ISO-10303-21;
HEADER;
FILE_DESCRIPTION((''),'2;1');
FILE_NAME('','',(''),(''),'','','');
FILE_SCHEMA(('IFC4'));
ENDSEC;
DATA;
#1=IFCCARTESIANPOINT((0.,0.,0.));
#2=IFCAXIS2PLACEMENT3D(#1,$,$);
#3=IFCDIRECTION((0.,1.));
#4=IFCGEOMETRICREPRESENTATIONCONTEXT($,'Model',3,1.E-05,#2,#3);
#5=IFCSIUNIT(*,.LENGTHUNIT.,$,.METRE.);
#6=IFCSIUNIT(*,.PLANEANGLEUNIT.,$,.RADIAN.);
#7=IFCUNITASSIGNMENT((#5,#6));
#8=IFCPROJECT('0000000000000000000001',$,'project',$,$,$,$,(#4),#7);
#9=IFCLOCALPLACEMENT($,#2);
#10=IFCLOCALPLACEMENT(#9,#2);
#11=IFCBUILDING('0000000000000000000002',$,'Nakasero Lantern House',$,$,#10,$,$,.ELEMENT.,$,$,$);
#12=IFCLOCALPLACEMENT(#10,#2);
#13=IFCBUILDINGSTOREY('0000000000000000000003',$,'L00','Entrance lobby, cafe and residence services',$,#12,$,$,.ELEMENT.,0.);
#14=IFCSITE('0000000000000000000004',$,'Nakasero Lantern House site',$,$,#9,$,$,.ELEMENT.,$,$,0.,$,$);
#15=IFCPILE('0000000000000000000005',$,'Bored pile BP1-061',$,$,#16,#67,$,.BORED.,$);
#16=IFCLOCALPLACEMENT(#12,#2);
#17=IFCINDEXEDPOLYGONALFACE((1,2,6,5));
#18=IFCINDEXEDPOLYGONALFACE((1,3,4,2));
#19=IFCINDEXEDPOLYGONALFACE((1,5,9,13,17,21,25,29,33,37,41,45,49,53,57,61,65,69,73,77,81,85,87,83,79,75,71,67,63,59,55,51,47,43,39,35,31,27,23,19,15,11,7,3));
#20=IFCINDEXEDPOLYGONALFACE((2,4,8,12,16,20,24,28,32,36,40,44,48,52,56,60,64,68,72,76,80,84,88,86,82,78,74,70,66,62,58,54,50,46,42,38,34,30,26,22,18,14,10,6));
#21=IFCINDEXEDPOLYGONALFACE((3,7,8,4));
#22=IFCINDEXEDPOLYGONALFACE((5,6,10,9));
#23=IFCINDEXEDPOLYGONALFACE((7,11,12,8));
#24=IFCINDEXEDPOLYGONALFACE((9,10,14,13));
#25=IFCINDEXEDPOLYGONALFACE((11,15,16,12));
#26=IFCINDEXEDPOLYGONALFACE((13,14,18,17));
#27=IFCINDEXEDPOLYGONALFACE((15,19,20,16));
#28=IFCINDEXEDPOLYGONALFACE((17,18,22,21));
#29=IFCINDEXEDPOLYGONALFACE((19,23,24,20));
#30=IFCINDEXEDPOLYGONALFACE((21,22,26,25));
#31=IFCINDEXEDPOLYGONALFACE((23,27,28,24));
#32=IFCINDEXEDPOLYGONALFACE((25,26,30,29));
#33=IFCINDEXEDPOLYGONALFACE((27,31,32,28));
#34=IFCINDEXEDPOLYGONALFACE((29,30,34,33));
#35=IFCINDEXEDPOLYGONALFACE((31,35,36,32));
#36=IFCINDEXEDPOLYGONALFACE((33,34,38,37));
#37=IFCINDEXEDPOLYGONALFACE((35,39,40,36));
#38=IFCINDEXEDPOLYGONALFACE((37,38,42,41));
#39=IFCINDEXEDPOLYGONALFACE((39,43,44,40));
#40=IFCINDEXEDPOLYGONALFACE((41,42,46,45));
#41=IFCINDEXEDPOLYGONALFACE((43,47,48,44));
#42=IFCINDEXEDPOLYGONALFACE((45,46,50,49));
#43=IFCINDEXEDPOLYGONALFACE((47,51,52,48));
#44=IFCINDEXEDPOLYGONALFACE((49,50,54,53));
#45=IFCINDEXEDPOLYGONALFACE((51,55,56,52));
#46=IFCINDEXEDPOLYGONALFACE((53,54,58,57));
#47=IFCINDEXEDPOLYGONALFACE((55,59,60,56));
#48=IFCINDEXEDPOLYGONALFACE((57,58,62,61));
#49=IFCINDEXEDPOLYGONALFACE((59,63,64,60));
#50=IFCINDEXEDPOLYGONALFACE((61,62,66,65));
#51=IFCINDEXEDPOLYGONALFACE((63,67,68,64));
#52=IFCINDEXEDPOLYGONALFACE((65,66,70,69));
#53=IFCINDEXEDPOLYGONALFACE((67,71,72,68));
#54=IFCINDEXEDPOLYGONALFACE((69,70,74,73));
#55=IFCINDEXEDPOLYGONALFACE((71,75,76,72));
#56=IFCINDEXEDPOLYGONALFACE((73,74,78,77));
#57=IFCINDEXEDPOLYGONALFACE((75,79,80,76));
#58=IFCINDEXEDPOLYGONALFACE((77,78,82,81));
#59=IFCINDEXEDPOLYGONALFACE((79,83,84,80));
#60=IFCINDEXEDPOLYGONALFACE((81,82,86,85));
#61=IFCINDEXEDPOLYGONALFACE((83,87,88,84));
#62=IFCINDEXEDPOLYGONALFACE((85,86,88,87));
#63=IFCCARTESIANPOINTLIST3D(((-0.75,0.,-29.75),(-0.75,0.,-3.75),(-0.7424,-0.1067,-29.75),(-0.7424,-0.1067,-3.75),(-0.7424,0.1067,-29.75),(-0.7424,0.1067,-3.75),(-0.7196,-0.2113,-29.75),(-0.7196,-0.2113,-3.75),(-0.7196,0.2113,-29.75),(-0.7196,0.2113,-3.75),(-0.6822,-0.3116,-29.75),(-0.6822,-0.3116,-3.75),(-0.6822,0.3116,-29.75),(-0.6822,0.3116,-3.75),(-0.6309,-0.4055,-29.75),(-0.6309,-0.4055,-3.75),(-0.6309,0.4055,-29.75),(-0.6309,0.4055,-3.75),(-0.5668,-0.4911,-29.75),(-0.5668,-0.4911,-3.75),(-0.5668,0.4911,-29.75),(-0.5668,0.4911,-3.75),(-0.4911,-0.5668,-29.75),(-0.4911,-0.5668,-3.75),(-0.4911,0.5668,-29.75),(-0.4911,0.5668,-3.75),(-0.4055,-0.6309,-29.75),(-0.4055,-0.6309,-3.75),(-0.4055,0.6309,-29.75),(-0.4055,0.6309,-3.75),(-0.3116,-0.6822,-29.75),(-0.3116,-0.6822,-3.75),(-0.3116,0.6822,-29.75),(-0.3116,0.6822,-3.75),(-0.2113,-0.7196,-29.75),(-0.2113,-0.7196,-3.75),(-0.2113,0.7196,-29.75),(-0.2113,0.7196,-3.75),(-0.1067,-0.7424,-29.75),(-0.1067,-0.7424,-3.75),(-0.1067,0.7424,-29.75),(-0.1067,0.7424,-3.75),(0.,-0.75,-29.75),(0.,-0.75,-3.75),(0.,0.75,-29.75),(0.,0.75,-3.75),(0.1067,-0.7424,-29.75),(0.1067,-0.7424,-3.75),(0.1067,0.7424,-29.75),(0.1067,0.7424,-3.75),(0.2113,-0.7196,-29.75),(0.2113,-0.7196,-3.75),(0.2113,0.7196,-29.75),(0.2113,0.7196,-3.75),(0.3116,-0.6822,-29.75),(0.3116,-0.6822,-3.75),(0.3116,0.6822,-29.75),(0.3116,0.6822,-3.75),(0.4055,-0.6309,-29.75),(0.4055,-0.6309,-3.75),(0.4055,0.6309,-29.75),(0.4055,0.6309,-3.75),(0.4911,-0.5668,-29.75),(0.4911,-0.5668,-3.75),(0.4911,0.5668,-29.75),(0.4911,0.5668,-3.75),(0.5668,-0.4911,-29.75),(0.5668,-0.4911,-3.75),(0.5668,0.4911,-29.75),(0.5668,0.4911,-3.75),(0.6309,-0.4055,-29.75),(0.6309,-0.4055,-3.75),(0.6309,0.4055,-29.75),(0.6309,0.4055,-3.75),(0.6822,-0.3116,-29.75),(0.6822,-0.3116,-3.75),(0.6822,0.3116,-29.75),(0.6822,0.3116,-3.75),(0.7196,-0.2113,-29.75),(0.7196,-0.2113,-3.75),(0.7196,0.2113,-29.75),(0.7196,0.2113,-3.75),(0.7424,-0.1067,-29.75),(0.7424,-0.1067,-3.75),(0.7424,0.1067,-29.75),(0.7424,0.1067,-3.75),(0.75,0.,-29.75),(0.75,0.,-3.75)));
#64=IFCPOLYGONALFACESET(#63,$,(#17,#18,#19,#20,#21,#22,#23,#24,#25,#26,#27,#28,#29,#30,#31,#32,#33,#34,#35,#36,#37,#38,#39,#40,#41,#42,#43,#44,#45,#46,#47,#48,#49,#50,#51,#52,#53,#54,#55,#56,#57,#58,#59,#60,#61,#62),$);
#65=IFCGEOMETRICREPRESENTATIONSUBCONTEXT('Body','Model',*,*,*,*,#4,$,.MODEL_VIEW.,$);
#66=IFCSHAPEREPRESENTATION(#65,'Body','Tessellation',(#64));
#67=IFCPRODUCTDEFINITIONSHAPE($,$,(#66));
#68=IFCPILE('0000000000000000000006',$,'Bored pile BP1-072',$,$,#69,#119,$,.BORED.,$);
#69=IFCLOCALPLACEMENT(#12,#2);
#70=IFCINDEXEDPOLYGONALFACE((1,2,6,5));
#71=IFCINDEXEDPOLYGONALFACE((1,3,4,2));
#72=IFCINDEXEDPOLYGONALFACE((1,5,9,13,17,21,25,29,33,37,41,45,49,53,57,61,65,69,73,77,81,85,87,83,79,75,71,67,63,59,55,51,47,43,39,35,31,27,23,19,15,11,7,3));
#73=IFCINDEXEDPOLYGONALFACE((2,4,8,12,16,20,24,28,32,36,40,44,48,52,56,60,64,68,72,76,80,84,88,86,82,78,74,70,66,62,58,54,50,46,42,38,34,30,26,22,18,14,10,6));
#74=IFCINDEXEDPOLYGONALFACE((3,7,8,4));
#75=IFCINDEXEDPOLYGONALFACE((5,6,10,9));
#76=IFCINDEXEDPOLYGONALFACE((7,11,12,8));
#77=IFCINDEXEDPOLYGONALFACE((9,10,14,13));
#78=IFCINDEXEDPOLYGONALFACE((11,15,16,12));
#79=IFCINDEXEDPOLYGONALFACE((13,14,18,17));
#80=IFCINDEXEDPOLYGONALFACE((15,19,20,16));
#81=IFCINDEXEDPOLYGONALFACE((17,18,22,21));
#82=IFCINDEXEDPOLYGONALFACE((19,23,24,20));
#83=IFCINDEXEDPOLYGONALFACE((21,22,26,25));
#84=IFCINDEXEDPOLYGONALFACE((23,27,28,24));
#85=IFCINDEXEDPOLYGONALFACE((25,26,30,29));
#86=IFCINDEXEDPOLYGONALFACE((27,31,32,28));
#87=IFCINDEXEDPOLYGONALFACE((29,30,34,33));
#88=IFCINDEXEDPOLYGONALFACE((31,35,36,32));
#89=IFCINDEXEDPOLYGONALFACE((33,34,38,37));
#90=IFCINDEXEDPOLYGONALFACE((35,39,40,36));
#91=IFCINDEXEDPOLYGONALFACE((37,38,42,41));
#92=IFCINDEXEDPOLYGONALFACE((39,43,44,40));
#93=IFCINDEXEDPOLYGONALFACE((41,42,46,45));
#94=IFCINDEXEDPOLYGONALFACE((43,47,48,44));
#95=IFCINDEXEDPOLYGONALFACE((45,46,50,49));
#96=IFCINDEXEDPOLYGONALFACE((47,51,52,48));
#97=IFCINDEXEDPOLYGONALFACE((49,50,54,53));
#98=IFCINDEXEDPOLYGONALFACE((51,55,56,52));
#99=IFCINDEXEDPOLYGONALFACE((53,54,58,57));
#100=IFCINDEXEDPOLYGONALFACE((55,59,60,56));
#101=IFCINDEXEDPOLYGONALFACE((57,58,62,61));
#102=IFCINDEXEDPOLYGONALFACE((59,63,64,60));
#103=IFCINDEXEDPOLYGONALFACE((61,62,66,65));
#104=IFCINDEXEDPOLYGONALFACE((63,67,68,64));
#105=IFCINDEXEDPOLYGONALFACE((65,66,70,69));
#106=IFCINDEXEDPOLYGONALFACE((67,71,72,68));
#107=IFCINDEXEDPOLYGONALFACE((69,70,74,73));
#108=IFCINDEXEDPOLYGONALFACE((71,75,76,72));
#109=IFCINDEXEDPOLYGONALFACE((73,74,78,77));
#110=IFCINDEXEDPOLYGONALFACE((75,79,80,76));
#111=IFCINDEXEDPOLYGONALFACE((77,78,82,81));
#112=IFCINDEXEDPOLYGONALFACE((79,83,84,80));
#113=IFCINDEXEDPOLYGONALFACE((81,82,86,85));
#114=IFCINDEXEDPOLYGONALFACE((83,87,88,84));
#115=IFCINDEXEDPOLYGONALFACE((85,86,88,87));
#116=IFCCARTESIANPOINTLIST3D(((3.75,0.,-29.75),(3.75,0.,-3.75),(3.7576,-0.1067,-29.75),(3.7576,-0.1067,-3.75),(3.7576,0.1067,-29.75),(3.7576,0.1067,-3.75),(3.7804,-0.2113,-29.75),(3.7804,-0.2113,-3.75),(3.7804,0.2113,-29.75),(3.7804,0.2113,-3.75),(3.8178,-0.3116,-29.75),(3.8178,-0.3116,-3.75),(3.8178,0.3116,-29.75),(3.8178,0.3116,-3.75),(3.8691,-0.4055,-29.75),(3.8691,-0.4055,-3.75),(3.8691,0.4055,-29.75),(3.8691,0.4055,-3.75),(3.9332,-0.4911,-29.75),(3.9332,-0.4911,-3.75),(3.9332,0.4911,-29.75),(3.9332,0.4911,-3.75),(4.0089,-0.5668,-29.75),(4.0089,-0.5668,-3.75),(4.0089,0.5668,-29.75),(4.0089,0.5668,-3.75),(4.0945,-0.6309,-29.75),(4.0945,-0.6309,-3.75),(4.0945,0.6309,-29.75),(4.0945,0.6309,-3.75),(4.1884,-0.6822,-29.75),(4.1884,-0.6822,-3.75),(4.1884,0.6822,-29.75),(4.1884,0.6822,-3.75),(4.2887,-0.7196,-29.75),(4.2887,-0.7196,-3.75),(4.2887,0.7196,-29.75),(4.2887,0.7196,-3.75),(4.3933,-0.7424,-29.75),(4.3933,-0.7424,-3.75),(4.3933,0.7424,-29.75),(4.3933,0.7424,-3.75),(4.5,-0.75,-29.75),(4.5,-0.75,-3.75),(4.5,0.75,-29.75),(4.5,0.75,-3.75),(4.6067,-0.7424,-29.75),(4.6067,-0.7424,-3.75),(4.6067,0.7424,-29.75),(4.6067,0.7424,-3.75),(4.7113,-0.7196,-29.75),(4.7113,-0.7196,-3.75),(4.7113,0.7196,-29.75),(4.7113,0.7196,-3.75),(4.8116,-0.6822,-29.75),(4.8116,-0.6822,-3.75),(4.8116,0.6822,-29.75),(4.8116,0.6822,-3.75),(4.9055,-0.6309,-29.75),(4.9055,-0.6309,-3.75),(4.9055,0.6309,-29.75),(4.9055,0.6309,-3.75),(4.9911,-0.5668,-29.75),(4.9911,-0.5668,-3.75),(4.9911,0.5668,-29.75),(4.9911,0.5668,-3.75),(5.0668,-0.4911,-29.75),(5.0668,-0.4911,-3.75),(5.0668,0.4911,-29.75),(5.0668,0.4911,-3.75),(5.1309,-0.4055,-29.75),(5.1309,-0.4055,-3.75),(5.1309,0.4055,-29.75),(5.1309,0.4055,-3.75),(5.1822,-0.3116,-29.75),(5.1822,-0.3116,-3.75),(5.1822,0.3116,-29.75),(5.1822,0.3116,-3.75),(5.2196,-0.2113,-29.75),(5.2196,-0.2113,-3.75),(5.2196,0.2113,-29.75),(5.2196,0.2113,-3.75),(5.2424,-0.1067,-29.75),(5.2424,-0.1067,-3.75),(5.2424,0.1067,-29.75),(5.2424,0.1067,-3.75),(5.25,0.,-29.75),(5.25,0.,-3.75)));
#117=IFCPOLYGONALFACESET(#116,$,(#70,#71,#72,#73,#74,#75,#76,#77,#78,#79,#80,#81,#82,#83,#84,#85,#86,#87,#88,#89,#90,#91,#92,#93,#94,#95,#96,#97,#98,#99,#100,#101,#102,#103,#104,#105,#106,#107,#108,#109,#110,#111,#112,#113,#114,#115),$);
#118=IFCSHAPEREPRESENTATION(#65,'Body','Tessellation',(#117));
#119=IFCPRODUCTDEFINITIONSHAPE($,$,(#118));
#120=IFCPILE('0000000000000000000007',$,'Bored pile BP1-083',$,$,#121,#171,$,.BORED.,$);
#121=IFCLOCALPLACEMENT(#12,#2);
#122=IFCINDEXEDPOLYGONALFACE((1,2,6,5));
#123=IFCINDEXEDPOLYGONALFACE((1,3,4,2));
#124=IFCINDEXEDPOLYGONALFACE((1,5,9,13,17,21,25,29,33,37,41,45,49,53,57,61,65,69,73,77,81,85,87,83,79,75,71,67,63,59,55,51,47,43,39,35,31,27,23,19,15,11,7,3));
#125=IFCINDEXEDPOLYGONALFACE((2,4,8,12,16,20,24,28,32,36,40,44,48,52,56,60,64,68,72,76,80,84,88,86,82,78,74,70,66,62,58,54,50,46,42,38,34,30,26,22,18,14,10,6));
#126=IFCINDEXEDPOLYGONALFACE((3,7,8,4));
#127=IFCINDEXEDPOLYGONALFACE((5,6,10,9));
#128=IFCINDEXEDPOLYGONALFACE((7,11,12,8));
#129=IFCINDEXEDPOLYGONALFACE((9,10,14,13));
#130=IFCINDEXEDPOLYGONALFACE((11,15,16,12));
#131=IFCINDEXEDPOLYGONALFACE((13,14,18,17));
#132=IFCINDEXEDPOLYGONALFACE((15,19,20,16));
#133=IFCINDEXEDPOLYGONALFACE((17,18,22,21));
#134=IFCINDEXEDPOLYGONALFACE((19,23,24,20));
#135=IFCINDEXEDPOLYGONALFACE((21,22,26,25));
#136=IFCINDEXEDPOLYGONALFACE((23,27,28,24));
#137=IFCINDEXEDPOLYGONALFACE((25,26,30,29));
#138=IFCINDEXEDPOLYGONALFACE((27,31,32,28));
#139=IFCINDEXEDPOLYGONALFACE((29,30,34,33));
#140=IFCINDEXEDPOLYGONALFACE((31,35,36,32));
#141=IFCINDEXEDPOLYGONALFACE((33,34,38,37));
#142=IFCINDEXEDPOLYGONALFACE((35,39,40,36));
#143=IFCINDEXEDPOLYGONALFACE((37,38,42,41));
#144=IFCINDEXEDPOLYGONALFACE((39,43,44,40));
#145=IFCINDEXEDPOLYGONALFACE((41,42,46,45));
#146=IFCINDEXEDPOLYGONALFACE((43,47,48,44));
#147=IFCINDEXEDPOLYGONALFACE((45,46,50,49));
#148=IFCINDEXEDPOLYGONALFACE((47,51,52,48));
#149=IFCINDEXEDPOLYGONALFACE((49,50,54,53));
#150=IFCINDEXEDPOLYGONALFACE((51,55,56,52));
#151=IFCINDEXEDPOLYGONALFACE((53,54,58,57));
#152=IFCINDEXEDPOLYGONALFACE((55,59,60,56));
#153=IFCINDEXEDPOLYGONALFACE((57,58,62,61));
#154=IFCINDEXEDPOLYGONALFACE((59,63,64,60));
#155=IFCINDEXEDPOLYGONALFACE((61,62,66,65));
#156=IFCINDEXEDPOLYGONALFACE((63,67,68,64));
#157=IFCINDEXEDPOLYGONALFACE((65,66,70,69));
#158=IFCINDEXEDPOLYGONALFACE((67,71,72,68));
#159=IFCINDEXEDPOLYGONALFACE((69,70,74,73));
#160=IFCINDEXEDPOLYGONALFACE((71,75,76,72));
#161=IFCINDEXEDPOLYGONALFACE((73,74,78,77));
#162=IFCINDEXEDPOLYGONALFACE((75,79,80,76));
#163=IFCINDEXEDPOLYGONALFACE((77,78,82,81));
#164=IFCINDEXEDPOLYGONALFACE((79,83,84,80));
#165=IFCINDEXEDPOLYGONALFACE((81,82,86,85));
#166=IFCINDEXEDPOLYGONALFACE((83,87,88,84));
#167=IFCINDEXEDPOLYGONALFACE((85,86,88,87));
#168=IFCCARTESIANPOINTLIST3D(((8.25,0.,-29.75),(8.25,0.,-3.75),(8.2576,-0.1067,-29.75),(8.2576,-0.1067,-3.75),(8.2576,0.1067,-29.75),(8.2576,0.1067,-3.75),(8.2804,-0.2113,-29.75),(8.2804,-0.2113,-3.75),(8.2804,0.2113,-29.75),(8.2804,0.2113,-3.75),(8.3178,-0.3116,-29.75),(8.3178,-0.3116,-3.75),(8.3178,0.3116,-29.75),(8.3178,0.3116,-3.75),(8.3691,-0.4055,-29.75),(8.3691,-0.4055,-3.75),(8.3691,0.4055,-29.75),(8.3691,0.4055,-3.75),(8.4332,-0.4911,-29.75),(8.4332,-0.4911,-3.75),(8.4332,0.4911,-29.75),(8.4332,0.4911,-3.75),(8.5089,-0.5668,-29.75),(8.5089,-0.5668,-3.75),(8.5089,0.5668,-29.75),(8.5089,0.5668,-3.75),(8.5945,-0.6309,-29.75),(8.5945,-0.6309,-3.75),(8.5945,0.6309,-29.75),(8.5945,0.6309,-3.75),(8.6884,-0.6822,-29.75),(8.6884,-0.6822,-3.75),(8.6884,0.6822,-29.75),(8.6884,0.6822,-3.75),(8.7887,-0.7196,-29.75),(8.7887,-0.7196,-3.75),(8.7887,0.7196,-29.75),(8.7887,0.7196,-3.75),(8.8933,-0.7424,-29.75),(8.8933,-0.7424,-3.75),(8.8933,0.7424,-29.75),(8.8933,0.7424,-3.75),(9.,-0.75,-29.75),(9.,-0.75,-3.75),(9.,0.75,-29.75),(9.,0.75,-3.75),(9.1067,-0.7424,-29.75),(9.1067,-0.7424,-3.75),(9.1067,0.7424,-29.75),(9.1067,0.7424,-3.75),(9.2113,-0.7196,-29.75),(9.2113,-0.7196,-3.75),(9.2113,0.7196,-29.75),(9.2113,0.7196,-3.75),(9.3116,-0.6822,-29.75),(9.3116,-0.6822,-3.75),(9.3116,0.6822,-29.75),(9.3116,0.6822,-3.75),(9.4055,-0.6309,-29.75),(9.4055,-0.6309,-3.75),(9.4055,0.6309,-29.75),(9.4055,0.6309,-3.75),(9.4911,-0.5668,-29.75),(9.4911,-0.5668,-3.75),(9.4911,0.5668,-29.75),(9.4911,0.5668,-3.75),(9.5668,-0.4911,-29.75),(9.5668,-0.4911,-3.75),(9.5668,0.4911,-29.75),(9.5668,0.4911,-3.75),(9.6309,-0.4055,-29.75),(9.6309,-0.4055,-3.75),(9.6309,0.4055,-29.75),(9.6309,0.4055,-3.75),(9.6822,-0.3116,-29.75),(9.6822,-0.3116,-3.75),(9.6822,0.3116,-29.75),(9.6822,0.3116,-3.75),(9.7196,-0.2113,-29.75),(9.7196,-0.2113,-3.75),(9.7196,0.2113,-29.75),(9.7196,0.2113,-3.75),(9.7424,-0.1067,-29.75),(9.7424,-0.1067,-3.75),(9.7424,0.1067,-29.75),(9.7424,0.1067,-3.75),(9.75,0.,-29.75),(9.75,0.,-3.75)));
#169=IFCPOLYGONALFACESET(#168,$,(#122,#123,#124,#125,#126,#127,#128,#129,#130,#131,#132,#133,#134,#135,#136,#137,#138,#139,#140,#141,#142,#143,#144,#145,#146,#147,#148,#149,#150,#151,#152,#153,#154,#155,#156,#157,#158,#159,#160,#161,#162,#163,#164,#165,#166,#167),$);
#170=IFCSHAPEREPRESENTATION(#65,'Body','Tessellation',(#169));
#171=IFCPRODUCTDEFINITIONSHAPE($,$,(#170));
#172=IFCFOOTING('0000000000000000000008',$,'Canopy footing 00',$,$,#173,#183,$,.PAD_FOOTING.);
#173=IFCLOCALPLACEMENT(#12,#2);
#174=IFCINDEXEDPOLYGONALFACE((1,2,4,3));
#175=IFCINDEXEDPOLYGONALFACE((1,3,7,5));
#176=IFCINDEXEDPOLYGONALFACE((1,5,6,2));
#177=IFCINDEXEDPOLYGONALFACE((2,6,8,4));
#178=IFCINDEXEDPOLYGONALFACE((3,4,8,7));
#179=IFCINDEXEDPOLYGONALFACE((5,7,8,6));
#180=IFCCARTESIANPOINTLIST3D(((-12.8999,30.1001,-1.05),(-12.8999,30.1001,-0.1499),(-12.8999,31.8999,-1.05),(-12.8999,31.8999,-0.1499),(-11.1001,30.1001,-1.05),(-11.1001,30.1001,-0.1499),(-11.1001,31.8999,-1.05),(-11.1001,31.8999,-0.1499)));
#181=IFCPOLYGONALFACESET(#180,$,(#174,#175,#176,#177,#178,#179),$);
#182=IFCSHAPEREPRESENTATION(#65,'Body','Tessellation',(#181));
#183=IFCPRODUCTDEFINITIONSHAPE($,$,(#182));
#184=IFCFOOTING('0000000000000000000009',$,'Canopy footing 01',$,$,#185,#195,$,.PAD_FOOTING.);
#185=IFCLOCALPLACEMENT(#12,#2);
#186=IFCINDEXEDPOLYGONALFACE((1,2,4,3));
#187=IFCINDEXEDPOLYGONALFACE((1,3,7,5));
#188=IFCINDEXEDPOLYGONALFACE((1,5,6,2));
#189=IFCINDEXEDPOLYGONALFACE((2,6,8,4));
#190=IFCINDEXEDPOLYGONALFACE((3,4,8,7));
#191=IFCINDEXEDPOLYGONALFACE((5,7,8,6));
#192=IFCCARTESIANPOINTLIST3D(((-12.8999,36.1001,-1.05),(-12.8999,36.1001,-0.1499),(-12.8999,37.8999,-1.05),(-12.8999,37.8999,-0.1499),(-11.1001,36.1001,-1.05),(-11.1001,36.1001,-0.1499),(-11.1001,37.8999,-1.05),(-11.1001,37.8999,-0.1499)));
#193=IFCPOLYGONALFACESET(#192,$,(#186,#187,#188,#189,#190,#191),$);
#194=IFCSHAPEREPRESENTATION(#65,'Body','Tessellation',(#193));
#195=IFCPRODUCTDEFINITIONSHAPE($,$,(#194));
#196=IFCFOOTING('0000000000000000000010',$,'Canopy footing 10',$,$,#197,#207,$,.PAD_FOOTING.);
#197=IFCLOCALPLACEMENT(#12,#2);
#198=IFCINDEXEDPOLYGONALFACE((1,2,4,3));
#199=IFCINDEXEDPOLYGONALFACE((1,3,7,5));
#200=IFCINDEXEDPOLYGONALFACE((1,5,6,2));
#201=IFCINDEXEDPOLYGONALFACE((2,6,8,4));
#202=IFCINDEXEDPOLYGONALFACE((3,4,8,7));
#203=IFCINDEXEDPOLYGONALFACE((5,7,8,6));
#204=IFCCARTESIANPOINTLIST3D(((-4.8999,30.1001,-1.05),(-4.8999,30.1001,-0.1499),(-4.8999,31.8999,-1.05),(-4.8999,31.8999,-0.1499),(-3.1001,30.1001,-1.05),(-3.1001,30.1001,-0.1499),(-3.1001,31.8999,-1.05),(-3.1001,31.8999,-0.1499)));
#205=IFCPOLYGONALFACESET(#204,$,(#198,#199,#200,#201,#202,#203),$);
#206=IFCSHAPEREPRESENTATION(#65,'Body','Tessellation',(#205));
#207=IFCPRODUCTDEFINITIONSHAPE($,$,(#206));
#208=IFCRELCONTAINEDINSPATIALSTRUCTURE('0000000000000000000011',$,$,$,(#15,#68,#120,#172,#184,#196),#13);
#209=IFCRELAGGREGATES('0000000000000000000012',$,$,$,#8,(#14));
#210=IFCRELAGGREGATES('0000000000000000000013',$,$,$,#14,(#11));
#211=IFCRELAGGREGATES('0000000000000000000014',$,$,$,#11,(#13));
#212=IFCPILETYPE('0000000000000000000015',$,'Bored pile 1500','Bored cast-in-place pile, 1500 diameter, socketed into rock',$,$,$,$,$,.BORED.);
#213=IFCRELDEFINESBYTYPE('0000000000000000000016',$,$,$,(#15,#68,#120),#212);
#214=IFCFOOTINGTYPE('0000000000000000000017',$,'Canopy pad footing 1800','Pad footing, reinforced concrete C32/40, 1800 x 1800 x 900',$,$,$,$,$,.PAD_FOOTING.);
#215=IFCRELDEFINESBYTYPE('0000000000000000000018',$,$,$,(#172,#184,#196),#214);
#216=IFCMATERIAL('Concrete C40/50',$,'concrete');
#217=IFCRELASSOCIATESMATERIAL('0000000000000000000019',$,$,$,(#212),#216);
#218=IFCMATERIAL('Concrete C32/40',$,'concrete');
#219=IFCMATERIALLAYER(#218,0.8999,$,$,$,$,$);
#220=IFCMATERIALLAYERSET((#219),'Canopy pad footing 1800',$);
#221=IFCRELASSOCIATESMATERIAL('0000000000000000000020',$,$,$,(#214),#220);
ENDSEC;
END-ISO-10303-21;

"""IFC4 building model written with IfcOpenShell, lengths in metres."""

from ifc_helpers import new_model, si_unit, direction, frame, origin, origin_2d, place, context, subcontext, project, spatial, polyline, circle, outline, extrude, material, layer, layer_set, type_object, element, save


model = new_model("IFC4")

# Units and contexts
model_context = context("Model", 3, precision=1e-05, world=origin(), true_north=direction((0.0, 1.0)))
body_context = subcontext(model_context, "Body", "Model", "MODEL_VIEW")
ifc_project = project(units=[si_unit("LENGTHUNIT", "METRE"), si_unit("PLANEANGLEUNIT", "RADIAN")], contexts=[model_context])

# Site, building, storey
site_placement = place(None, origin())
site = spatial("IfcSite", under=ifc_project, at=site_placement, Name="Nakasero Lantern House site", CompositionType="ELEMENT", RefElevation=0.0)
building_placement = place(site_placement, origin())
building = spatial("IfcBuilding", under=site, at=building_placement, Name="Nakasero Lantern House", CompositionType="ELEMENT")
storey_placement = place(building_placement, origin())
storey = spatial("IfcBuildingStorey", under=building, at=storey_placement, Name="L00", Description="Entrance lobby, cafe and residence services", CompositionType="ELEMENT", Elevation=0.0)

# Piles
ifc_material_1 = material(Name="Concrete C40/50", Category="concrete")
pile_type = type_object("IfcPileType", Name="Bored pile 1500", Description="Bored cast-in-place pile, 1500 diameter, socketed into rock", PredefinedType="BORED", material=ifc_material_1)
for number, where, z_axis, x_axis, name in (
    (1, (0.0, 0.0, -3.75), (0.0, 0.0, -1.0), (1.0, 0.0, 0.0), "Bored pile BP1-061"),
    (2, (4.5, 0.0, -3.75), (0.0, 0.0, -1.0), (1.0, 0.0, 0.0), "Bored pile BP1-072"),
    (3, (9.0, 0.0, -3.75), (0.0, 0.0, -1.0), (1.0, 0.0, 0.0), "Bored pile BP1-083"),
):
    element("IfcPile", number, at=place(storey_placement, frame(where, z_axis=z_axis, x_axis=x_axis)), inside=storey, type_object=pile_type, Name=name, PredefinedType="BORED", context=body_context, shape_type="SweptSolid", body=[
        extrude(circle(Radius=0.75, at=origin_2d()), origin(), (0.0, 0.0, 1.0), 26.0),
    ])

# Footings
ifc_material_2 = material(Name="Concrete C32/40", Category="concrete")
ifc_layer_1 = layer(ifc_material_2, 0.8999)
ifc_layer_set_1 = layer_set([ifc_layer_1], Name="Canopy pad footing 1800")
footing_type_1 = type_object("IfcFootingType", Name="Canopy pad footing 1800", Description="Pad footing, reinforced concrete C32/40, 1800 x 1800 x 900", PredefinedType="PAD_FOOTING", material=ifc_layer_set_1)
footing_1_placement = place(storey_placement, frame((0.0, 0.0, -1.05)))
element("IfcFooting", 4, at=footing_1_placement, inside=storey, type_object=footing_type_1, Name="Canopy footing 00", PredefinedType="PAD_FOOTING", context=body_context, shape_type="SweptSolid", body=[
    extrude(outline(polyline([(-12.8999, 30.1001), (-11.1001, 30.1001), (-11.1001, 31.8999), (-12.8999, 31.8999), (-12.8999, 30.1001)])), origin(), (0.0, 0.0, 1.0), 0.9001),
])
footing_2_placement = place(storey_placement, frame((0.0, 0.0, -1.05)))
element("IfcFooting", 5, at=footing_2_placement, inside=storey, type_object=footing_type_1, Name="Canopy footing 01", PredefinedType="PAD_FOOTING", context=body_context, shape_type="SweptSolid", body=[
    extrude(outline(polyline([(-12.8999, 36.1001), (-11.1001, 36.1001), (-11.1001, 37.8999), (-12.8999, 37.8999), (-12.8999, 36.1001)])), origin(), (0.0, 0.0, 1.0), 0.9001),
])
footing_3_placement = place(storey_placement, frame((0.0, 0.0, -1.05)))
element("IfcFooting", 6, at=footing_3_placement, inside=storey, type_object=footing_type_1, Name="Canopy footing 10", PredefinedType="PAD_FOOTING", context=body_context, shape_type="SweptSolid", body=[
    extrude(outline(polyline([(-4.8999, 30.1001), (-3.1001, 30.1001), (-3.1001, 31.8999), (-4.8999, 31.8999), (-4.8999, 30.1001)])), origin(), (0.0, 0.0, 1.0), 0.9001),
])

save(model, "model.ifc")
